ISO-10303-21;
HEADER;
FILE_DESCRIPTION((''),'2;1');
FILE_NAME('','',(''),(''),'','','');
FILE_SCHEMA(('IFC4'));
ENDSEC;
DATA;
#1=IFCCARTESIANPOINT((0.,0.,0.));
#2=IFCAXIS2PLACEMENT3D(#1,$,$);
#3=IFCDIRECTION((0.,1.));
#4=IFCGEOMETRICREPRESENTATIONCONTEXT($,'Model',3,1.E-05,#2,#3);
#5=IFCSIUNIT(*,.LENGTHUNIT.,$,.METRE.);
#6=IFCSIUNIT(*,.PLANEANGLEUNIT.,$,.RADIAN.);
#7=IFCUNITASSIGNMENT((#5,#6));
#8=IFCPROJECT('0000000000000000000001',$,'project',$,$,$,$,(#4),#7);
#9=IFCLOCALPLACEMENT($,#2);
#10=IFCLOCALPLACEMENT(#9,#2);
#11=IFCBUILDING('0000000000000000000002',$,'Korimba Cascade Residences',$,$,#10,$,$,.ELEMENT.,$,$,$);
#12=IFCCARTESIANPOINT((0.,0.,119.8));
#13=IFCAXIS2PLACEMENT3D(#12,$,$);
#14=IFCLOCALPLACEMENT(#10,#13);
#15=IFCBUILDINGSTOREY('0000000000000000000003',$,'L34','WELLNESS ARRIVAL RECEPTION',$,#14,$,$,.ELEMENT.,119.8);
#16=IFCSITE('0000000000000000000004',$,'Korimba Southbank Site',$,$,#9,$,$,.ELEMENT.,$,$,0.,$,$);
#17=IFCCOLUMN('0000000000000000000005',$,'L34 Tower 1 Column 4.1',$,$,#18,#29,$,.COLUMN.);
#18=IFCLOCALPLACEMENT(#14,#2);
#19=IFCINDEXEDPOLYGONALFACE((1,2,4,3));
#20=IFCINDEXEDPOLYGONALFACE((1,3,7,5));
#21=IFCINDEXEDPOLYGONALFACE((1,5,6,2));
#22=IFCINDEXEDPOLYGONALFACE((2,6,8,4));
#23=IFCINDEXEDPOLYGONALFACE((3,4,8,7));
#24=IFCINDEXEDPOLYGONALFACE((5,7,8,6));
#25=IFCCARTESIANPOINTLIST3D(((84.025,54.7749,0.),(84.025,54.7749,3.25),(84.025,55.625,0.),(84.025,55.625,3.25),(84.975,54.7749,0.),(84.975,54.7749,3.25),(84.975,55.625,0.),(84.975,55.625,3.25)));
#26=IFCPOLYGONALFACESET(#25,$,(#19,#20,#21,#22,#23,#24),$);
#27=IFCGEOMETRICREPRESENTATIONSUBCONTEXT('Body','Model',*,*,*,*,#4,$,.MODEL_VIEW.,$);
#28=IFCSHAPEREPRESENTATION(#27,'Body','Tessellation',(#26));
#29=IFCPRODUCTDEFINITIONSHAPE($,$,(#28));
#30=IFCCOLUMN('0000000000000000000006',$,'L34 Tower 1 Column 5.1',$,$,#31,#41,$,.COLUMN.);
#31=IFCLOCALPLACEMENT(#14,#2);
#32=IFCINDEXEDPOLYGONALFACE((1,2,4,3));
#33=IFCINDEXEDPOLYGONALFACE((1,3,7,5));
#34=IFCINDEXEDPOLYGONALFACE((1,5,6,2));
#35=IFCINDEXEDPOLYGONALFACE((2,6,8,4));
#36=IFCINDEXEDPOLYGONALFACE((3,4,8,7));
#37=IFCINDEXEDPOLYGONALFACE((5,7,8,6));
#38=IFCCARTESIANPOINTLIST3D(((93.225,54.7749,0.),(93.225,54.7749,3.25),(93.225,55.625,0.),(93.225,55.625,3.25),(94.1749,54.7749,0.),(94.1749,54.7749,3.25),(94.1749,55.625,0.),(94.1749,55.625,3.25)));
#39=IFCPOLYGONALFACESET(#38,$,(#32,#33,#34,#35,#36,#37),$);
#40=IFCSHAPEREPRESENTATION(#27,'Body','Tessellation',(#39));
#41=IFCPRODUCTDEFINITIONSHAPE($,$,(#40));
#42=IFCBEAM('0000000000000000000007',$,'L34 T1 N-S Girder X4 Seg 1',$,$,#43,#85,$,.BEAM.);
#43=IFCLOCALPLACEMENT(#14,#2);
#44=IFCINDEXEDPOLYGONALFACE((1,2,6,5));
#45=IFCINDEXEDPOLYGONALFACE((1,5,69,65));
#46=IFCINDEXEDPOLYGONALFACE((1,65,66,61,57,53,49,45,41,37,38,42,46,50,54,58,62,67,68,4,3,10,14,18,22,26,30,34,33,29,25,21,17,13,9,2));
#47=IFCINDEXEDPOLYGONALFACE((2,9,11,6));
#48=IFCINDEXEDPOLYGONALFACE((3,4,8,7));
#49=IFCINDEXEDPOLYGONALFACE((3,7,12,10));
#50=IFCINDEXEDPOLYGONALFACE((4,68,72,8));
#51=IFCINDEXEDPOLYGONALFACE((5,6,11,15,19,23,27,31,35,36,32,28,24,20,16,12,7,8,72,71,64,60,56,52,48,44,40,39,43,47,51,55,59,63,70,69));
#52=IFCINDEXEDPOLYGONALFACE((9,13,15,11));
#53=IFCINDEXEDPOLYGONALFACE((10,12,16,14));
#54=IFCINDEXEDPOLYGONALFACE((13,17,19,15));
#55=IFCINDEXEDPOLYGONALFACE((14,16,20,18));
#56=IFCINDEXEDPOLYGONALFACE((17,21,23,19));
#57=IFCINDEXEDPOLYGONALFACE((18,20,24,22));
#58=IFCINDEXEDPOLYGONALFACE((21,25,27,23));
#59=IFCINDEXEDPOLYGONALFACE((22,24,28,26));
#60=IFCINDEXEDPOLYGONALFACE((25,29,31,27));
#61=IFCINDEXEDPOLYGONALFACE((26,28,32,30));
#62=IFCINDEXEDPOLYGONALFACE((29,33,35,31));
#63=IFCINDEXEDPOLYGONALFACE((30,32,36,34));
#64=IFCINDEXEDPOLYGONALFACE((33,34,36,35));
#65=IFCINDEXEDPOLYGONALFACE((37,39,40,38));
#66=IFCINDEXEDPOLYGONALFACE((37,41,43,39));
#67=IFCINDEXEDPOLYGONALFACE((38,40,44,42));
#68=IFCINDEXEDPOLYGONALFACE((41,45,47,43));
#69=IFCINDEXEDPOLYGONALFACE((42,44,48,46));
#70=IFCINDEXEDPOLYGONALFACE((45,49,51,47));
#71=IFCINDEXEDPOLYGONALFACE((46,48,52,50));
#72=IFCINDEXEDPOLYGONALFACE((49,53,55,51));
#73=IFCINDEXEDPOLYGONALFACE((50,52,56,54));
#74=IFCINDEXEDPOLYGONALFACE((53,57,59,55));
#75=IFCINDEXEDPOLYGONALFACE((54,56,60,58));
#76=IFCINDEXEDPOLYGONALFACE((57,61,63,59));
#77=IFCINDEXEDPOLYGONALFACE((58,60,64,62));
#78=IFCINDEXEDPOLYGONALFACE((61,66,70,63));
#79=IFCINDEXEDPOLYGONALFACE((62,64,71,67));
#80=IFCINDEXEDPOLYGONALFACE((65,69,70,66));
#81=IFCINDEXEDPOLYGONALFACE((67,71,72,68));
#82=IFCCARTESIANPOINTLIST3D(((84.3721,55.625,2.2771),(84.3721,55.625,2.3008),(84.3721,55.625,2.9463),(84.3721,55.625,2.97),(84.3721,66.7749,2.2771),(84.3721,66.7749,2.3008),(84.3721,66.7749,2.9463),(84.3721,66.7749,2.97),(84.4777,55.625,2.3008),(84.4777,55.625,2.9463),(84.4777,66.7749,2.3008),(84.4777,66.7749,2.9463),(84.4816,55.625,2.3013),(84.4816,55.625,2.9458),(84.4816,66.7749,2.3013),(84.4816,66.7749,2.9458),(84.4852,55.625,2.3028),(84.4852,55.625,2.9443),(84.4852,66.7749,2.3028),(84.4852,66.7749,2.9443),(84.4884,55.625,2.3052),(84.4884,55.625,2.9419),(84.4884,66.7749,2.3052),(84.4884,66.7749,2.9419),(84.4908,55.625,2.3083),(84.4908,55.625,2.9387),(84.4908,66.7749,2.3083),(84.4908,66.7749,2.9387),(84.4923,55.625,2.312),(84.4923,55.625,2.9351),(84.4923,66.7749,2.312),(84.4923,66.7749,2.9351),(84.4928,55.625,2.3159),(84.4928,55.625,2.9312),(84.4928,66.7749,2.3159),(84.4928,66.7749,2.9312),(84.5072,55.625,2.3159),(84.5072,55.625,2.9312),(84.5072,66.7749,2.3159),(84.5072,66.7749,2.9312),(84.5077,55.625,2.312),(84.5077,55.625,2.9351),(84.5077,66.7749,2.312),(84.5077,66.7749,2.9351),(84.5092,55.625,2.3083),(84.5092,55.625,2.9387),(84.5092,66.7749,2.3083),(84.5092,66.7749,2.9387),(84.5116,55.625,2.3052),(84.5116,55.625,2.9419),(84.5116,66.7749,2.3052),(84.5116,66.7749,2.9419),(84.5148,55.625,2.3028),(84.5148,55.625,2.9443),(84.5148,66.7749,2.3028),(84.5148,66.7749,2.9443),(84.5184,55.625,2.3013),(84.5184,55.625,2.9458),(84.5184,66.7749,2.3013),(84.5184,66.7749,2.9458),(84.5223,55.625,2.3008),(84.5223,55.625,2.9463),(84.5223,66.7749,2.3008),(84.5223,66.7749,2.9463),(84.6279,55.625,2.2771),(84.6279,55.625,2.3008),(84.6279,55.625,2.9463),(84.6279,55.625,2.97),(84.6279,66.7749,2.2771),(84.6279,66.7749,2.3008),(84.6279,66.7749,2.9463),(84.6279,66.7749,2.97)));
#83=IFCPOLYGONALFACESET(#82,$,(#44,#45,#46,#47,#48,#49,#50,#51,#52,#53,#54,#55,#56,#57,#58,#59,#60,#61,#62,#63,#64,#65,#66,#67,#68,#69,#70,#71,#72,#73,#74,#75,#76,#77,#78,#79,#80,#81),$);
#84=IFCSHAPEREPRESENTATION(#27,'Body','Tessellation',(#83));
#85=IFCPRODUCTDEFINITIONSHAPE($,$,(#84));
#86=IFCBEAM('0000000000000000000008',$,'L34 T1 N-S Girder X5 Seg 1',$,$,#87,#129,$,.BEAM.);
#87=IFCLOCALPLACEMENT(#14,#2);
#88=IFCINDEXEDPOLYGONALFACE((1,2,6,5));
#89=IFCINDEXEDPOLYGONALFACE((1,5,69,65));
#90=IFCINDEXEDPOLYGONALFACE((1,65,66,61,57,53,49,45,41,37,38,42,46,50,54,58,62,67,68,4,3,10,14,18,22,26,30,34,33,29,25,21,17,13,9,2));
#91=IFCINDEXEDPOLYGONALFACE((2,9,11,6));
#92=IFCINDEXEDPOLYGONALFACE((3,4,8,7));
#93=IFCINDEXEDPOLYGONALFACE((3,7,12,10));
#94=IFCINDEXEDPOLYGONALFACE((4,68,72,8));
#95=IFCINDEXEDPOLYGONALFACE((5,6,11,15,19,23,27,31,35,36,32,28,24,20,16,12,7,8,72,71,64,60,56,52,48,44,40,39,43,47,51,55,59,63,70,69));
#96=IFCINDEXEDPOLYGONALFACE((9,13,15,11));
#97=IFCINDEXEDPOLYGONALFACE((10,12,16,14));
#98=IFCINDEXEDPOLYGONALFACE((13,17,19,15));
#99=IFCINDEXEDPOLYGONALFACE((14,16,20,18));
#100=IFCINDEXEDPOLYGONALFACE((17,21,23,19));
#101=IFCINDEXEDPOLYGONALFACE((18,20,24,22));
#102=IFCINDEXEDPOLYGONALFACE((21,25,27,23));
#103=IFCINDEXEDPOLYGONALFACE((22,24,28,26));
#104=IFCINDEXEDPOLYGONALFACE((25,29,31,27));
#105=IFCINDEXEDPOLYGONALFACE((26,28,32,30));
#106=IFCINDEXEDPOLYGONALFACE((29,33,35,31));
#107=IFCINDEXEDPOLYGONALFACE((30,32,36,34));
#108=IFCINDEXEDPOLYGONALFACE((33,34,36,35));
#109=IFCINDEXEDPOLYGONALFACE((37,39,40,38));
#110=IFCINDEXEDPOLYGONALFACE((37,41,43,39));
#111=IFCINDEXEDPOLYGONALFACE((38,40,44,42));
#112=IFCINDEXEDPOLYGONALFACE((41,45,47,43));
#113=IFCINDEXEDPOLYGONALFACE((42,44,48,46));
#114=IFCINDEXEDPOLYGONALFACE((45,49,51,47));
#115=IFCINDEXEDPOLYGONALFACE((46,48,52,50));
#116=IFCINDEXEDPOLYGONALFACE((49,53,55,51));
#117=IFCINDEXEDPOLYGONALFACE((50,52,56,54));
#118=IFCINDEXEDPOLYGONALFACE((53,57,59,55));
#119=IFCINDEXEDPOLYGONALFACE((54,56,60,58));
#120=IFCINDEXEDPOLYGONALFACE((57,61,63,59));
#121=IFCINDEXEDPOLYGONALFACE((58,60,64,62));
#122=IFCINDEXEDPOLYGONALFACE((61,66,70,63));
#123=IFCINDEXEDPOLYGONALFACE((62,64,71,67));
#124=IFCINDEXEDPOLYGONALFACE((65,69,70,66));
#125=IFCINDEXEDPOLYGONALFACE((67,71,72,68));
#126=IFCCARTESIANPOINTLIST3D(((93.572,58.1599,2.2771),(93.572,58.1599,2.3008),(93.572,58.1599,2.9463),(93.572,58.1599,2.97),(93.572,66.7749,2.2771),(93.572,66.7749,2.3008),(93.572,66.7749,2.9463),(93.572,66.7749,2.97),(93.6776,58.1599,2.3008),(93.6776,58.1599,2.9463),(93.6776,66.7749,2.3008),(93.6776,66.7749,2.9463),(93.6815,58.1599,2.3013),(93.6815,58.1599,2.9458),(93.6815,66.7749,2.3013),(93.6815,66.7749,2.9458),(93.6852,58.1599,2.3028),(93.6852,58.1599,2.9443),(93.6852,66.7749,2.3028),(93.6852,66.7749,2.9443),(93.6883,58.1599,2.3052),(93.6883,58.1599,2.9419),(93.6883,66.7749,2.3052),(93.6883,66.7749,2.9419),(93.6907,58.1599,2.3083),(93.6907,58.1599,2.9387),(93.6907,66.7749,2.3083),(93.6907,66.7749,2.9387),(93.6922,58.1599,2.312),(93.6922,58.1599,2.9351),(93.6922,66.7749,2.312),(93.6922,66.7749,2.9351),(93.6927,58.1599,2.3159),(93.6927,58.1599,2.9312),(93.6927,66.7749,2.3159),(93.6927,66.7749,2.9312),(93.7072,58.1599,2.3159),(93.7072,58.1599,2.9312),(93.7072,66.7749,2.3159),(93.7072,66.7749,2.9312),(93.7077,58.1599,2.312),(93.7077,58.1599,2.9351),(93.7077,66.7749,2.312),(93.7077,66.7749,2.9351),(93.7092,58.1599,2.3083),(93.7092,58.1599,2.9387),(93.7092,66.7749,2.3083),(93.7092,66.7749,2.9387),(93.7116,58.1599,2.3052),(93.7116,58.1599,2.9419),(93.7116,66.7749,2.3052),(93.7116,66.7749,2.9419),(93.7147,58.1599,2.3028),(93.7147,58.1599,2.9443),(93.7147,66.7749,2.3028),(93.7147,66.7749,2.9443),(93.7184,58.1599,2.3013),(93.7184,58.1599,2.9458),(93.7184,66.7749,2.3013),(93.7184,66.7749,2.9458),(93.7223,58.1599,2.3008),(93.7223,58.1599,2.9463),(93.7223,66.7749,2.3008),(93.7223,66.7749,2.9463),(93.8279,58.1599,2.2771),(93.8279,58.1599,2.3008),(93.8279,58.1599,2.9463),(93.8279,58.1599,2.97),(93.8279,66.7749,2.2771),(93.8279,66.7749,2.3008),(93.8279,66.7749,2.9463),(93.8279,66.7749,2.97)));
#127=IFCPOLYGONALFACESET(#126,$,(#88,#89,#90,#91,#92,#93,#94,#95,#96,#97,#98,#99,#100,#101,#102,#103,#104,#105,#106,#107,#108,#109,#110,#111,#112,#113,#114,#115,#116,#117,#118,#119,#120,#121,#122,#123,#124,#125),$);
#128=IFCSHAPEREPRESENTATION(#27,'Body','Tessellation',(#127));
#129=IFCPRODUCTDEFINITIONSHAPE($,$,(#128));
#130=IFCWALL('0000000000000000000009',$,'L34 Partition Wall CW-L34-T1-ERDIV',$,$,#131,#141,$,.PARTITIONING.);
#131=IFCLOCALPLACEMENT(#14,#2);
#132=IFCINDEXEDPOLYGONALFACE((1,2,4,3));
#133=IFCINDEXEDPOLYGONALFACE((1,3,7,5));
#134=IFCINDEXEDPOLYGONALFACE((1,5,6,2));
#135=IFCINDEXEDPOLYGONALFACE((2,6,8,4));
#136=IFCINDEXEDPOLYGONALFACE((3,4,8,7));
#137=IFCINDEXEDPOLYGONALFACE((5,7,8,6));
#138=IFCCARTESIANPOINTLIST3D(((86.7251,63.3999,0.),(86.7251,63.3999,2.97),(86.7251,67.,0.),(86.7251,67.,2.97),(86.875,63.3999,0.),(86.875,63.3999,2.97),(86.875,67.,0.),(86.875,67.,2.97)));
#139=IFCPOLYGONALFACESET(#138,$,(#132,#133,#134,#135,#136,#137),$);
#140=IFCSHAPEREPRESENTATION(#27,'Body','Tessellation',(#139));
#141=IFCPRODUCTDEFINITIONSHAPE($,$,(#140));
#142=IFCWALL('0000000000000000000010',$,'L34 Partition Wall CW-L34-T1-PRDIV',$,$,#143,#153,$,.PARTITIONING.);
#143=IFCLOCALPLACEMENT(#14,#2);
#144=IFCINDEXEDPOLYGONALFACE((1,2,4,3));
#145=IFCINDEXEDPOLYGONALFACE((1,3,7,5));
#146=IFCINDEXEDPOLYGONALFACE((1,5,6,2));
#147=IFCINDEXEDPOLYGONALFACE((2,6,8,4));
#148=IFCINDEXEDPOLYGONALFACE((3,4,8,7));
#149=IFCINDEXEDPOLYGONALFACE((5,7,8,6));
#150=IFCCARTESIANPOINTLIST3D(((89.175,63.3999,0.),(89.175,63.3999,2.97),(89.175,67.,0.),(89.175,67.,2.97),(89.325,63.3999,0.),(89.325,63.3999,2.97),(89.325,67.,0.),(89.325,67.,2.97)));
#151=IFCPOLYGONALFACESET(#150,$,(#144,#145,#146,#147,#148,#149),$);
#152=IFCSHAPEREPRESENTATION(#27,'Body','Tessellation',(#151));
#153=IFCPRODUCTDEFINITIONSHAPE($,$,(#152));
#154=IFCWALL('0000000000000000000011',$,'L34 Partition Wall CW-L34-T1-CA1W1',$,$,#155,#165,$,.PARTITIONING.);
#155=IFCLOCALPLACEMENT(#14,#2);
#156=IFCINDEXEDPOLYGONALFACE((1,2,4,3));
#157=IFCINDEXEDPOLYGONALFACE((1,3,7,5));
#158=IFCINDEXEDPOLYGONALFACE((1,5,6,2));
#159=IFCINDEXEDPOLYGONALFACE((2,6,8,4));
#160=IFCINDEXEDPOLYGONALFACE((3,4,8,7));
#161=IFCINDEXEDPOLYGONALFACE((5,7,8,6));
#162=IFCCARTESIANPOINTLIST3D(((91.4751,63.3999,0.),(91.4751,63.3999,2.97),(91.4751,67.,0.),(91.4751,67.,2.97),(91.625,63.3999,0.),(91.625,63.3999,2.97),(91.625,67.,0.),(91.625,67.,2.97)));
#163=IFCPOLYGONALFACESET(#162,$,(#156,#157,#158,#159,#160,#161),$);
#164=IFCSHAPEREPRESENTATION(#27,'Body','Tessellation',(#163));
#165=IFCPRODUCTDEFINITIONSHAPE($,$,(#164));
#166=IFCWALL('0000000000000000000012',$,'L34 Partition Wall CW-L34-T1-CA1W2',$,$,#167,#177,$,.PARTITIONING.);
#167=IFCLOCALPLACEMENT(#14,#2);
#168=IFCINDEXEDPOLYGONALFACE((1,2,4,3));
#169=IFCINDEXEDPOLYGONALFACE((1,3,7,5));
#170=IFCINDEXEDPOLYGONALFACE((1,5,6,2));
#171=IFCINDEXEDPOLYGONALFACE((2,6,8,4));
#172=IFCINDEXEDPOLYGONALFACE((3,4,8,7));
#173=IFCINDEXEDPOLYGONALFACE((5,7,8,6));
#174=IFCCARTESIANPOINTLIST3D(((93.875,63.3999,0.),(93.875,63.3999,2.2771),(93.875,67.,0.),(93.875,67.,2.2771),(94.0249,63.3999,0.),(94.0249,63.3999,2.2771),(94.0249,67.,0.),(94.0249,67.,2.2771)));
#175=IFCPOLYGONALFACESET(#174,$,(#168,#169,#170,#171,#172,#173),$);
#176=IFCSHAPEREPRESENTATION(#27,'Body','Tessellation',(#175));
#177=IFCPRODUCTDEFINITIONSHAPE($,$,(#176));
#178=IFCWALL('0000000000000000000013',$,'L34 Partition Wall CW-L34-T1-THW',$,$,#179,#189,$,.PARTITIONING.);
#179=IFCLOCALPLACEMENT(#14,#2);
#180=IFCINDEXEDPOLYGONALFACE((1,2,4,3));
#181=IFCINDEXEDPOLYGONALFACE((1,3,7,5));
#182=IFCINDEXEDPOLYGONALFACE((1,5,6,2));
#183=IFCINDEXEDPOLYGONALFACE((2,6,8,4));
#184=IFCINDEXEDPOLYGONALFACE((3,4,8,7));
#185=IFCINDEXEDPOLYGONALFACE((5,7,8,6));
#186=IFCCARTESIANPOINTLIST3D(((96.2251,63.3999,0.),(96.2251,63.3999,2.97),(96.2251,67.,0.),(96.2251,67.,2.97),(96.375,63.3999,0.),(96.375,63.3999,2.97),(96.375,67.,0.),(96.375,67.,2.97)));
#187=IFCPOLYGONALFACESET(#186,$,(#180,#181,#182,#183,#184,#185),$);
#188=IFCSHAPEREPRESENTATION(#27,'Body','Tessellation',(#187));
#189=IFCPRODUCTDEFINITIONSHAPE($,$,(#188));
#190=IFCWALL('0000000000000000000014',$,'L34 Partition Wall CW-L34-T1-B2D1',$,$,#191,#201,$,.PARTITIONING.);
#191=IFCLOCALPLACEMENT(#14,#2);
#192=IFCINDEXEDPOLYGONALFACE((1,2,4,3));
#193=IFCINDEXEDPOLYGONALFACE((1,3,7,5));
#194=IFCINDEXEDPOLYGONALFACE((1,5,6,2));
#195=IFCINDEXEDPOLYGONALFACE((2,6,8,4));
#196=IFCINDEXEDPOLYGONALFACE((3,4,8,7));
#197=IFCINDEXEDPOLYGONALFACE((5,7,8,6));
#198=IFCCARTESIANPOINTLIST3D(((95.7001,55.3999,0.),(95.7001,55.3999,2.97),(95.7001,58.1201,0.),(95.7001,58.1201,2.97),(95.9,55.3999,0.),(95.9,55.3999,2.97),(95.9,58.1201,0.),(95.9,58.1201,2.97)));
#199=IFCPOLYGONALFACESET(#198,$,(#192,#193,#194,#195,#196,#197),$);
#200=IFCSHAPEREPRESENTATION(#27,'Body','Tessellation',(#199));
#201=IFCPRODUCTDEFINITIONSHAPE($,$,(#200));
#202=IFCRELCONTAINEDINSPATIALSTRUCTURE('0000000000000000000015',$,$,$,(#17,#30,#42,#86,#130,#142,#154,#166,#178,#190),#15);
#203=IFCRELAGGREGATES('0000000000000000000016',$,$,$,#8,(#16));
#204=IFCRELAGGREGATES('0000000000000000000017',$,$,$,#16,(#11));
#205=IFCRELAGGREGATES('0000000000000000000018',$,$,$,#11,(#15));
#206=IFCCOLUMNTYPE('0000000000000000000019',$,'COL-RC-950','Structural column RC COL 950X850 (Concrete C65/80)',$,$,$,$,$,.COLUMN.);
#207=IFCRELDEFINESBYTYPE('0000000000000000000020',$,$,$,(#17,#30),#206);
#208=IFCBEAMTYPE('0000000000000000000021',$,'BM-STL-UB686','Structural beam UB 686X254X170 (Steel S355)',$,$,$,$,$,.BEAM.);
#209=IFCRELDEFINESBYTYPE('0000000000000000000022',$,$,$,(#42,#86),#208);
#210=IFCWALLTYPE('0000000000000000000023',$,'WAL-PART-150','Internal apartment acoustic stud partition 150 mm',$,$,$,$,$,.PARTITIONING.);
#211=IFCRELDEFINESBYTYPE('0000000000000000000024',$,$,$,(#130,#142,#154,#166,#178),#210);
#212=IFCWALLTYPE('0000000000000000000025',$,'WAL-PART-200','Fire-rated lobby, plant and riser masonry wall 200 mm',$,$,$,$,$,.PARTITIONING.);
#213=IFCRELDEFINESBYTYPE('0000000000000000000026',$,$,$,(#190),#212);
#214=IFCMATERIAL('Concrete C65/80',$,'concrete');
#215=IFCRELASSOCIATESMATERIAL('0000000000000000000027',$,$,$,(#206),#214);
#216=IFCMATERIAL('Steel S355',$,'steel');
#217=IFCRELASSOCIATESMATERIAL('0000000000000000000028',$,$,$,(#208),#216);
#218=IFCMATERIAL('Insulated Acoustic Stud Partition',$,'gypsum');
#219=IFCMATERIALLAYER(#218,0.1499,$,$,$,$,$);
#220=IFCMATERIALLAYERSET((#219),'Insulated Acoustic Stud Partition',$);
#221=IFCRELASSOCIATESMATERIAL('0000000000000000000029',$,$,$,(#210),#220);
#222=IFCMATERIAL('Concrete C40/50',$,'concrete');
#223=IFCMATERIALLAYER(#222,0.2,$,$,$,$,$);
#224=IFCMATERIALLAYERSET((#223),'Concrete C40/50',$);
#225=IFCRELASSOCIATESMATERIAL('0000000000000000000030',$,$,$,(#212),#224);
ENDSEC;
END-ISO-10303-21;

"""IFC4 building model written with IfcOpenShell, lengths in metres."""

from ifc_helpers import new_model, si_unit, direction, frame, frame_2d, origin, origin_2d, place, context, subcontext, project, spatial, rectangle, i_section, extrude, material, layer, layer_set, material_profile, profile_set, type_object, element, save


model = new_model("IFC4")

# Units and contexts
model_context = context("Model", 3, precision=1e-05, world=origin(), true_north=direction((0.0, 1.0)))
body_context = subcontext(model_context, "Body", "Model", "MODEL_VIEW")
ifc_project = project(units=[si_unit("LENGTHUNIT", "METRE"), si_unit("PLANEANGLEUNIT", "RADIAN")], contexts=[model_context])

# Site, building, storey
site_placement = place(None, origin())
site = spatial("IfcSite", under=ifc_project, at=site_placement, Name="Korimba Southbank Site", CompositionType="ELEMENT", RefElevation=0.0)
building_placement = place(site_placement, origin())
building = spatial("IfcBuilding", under=site, at=building_placement, Name="Korimba Cascade Residences", CompositionType="ELEMENT")
storey_placement = place(building_placement, frame((0.0, 0.0, 119.8)))
storey = spatial("IfcBuildingStorey", under=building, at=storey_placement, Name="L34", Description="WELLNESS ARRIVAL RECEPTION", CompositionType="ELEMENT", Elevation=119.8)

# Columns
ifc_material_1 = material(Name="Concrete C65/80", Category="concrete")
ifc_material_profile_1 = material_profile(ifc_material_1, rectangle(XDim=0.95, YDim=0.8501, at=origin_2d()), Name="Concrete C65/80")
ifc_profile_set_1 = profile_set([ifc_material_profile_1], Name="Concrete C65/80")
column_type = type_object("IfcColumnType", Name="COL-RC-950", Description="Structural column RC COL 950X850 (Concrete C65/80)", PredefinedType="COLUMN", material=ifc_profile_set_1)
for number, where, z_axis, x_axis, name in (
    (1, (84.5, 55.2, 0.0), (0.0, 0.0, 1.0), (1.0, 0.0, 0.0), "L34 Tower 1 Column 4.1"),
    (2, (93.7, 55.2, 0.0), (0.0, 0.0, 1.0), (1.0, 0.0, 0.0), "L34 Tower 1 Column 5.1"),
):
    element("IfcColumn", number, at=place(storey_placement, frame(where, z_axis=z_axis, x_axis=x_axis)), inside=storey, type_object=column_type, Name=name, PredefinedType="COLUMN", context=body_context, shape_type="SweptSolid", body=[
        extrude(rectangle(XDim=0.95, YDim=0.8501, at=origin_2d()), origin(), (0.0, 0.0, 1.0), 3.25),
    ])

# Beams
ifc_material_2 = material(Name="Steel S355", Category="steel")
ifc_material_profile_2 = material_profile(ifc_material_2, i_section(OverallWidth=0.2559, OverallDepth=0.6929, WebThickness=0.0144, FlangeThickness=0.0237, FilletRadius=0.0151, at=origin_2d()), Name="Steel S355")
ifc_profile_set_2 = profile_set([ifc_material_profile_2], Name="Steel S355")
beam_type = type_object("IfcBeamType", Name="BM-STL-UB686", Description="Structural beam UB 686X254X170 (Steel S355)", PredefinedType="BEAM", material=ifc_profile_set_2)
beam_1_placement = place(storey_placement, frame((84.5, 55.625, 2.6235), z_axis=(0.0, 1.0, 0.0), x_axis=(-1.0, 0.0, 0.0)))
element("IfcBeam", 3, at=beam_1_placement, inside=storey, type_object=beam_type, Name="L34 T1 N-S Girder X4 Seg 1", PredefinedType="BEAM", context=body_context, shape_type="SweptSolid", body=[
    extrude(i_section(OverallWidth=0.2559, OverallDepth=0.6929, WebThickness=0.0144, FlangeThickness=0.0237, FilletRadius=0.0151, at=origin_2d()), origin(), (0.0, 0.0, 1.0), 11.1499),
])
beam_2_placement = place(storey_placement, frame((93.7, 58.1599, 2.6235), z_axis=(0.0, 1.0, 0.0), x_axis=(-1.0, 0.0, 0.0)))
element("IfcBeam", 4, at=beam_2_placement, inside=storey, type_object=beam_type, Name="L34 T1 N-S Girder X5 Seg 1", PredefinedType="BEAM", context=body_context, shape_type="SweptSolid", body=[
    extrude(i_section(OverallWidth=0.2559, OverallDepth=0.6929, WebThickness=0.0144, FlangeThickness=0.0237, FilletRadius=0.0151, at=origin_2d()), origin(), (0.0, 0.0, 1.0), 8.615),
])

# Walls
ifc_material_3 = material(Name="Insulated Acoustic Stud Partition", Category="gypsum")
ifc_layer_1 = layer(ifc_material_3, 0.1499)
ifc_layer_set_1 = layer_set([ifc_layer_1], Name="Insulated Acoustic Stud Partition")
wall_type_1 = type_object("IfcWallType", Name="WAL-PART-150", Description="Internal apartment acoustic stud partition 150 mm", PredefinedType="PARTITIONING", material=ifc_layer_set_1)
for number, where, z_axis, x_axis, name in (
    (5, (86.8, 63.3999, 0.0), (0.0, 0.0, 1.0), (0.0, 1.0, 0.0), "L34 Partition Wall CW-L34-T1-ERDIV"),
    (6, (89.25, 63.3999, 0.0), (0.0, 0.0, 1.0), (0.0, 1.0, 0.0), "L34 Partition Wall CW-L34-T1-PRDIV"),
    (7, (91.55, 63.3999, 0.0), (0.0, 0.0, 1.0), (0.0, 1.0, 0.0), "L34 Partition Wall CW-L34-T1-CA1W1"),
):
    element("IfcWall", number, at=place(storey_placement, frame(where, z_axis=z_axis, x_axis=x_axis)), inside=storey, type_object=wall_type_1, Name=name, PredefinedType="PARTITIONING", context=body_context, shape_type="SweptSolid", body=[
        extrude(rectangle(XDim=3.6001, YDim=0.1499, at=frame_2d((1.8, 0.0))), origin(), (0.0, 0.0, 1.0), 2.97),
    ])
wall_1_placement = place(storey_placement, frame((93.95, 63.3999, 0.0), z_axis=(0.0, 0.0, 1.0), x_axis=(0.0, 1.0, 0.0)))
element("IfcWall", 8, at=wall_1_placement, inside=storey, type_object=wall_type_1, Name="L34 Partition Wall CW-L34-T1-CA1W2", PredefinedType="PARTITIONING", context=body_context, shape_type="SweptSolid", body=[
    extrude(rectangle(XDim=3.6001, YDim=0.1499, at=frame_2d((1.8, 0.0))), origin(), (0.0, 0.0, 1.0), 2.2771),
])
wall_2_placement = place(storey_placement, frame((96.3, 63.3999, 0.0), z_axis=(0.0, 0.0, 1.0), x_axis=(0.0, 1.0, 0.0)))
element("IfcWall", 9, at=wall_2_placement, inside=storey, type_object=wall_type_1, Name="L34 Partition Wall CW-L34-T1-THW", PredefinedType="PARTITIONING", context=body_context, shape_type="SweptSolid", body=[
    extrude(rectangle(XDim=3.6001, YDim=0.1499, at=frame_2d((1.8, 0.0))), origin(), (0.0, 0.0, 1.0), 2.97),
])
ifc_material_4 = material(Name="Concrete C40/50", Category="concrete")
ifc_layer_2 = layer(ifc_material_4, 0.2)
ifc_layer_set_2 = layer_set([ifc_layer_2], Name="Concrete C40/50")
wall_type_2 = type_object("IfcWallType", Name="WAL-PART-200", Description="Fire-rated lobby, plant and riser masonry wall 200 mm", PredefinedType="PARTITIONING", material=ifc_layer_set_2)
wall_3_placement = place(storey_placement, frame((95.8, 55.3999, 0.0), z_axis=(0.0, 0.0, 1.0), x_axis=(0.0, 1.0, 0.0)))
element("IfcWall", 10, at=wall_3_placement, inside=storey, type_object=wall_type_2, Name="L34 Partition Wall CW-L34-T1-B2D1", PredefinedType="PARTITIONING", context=body_context, shape_type="SweptSolid", body=[
    extrude(rectangle(XDim=2.7202, YDim=0.2, at=frame_2d((1.3601, 0.0))), origin(), (0.0, 0.0, 1.0), 2.97),
])

save(model, "model.ifc")
